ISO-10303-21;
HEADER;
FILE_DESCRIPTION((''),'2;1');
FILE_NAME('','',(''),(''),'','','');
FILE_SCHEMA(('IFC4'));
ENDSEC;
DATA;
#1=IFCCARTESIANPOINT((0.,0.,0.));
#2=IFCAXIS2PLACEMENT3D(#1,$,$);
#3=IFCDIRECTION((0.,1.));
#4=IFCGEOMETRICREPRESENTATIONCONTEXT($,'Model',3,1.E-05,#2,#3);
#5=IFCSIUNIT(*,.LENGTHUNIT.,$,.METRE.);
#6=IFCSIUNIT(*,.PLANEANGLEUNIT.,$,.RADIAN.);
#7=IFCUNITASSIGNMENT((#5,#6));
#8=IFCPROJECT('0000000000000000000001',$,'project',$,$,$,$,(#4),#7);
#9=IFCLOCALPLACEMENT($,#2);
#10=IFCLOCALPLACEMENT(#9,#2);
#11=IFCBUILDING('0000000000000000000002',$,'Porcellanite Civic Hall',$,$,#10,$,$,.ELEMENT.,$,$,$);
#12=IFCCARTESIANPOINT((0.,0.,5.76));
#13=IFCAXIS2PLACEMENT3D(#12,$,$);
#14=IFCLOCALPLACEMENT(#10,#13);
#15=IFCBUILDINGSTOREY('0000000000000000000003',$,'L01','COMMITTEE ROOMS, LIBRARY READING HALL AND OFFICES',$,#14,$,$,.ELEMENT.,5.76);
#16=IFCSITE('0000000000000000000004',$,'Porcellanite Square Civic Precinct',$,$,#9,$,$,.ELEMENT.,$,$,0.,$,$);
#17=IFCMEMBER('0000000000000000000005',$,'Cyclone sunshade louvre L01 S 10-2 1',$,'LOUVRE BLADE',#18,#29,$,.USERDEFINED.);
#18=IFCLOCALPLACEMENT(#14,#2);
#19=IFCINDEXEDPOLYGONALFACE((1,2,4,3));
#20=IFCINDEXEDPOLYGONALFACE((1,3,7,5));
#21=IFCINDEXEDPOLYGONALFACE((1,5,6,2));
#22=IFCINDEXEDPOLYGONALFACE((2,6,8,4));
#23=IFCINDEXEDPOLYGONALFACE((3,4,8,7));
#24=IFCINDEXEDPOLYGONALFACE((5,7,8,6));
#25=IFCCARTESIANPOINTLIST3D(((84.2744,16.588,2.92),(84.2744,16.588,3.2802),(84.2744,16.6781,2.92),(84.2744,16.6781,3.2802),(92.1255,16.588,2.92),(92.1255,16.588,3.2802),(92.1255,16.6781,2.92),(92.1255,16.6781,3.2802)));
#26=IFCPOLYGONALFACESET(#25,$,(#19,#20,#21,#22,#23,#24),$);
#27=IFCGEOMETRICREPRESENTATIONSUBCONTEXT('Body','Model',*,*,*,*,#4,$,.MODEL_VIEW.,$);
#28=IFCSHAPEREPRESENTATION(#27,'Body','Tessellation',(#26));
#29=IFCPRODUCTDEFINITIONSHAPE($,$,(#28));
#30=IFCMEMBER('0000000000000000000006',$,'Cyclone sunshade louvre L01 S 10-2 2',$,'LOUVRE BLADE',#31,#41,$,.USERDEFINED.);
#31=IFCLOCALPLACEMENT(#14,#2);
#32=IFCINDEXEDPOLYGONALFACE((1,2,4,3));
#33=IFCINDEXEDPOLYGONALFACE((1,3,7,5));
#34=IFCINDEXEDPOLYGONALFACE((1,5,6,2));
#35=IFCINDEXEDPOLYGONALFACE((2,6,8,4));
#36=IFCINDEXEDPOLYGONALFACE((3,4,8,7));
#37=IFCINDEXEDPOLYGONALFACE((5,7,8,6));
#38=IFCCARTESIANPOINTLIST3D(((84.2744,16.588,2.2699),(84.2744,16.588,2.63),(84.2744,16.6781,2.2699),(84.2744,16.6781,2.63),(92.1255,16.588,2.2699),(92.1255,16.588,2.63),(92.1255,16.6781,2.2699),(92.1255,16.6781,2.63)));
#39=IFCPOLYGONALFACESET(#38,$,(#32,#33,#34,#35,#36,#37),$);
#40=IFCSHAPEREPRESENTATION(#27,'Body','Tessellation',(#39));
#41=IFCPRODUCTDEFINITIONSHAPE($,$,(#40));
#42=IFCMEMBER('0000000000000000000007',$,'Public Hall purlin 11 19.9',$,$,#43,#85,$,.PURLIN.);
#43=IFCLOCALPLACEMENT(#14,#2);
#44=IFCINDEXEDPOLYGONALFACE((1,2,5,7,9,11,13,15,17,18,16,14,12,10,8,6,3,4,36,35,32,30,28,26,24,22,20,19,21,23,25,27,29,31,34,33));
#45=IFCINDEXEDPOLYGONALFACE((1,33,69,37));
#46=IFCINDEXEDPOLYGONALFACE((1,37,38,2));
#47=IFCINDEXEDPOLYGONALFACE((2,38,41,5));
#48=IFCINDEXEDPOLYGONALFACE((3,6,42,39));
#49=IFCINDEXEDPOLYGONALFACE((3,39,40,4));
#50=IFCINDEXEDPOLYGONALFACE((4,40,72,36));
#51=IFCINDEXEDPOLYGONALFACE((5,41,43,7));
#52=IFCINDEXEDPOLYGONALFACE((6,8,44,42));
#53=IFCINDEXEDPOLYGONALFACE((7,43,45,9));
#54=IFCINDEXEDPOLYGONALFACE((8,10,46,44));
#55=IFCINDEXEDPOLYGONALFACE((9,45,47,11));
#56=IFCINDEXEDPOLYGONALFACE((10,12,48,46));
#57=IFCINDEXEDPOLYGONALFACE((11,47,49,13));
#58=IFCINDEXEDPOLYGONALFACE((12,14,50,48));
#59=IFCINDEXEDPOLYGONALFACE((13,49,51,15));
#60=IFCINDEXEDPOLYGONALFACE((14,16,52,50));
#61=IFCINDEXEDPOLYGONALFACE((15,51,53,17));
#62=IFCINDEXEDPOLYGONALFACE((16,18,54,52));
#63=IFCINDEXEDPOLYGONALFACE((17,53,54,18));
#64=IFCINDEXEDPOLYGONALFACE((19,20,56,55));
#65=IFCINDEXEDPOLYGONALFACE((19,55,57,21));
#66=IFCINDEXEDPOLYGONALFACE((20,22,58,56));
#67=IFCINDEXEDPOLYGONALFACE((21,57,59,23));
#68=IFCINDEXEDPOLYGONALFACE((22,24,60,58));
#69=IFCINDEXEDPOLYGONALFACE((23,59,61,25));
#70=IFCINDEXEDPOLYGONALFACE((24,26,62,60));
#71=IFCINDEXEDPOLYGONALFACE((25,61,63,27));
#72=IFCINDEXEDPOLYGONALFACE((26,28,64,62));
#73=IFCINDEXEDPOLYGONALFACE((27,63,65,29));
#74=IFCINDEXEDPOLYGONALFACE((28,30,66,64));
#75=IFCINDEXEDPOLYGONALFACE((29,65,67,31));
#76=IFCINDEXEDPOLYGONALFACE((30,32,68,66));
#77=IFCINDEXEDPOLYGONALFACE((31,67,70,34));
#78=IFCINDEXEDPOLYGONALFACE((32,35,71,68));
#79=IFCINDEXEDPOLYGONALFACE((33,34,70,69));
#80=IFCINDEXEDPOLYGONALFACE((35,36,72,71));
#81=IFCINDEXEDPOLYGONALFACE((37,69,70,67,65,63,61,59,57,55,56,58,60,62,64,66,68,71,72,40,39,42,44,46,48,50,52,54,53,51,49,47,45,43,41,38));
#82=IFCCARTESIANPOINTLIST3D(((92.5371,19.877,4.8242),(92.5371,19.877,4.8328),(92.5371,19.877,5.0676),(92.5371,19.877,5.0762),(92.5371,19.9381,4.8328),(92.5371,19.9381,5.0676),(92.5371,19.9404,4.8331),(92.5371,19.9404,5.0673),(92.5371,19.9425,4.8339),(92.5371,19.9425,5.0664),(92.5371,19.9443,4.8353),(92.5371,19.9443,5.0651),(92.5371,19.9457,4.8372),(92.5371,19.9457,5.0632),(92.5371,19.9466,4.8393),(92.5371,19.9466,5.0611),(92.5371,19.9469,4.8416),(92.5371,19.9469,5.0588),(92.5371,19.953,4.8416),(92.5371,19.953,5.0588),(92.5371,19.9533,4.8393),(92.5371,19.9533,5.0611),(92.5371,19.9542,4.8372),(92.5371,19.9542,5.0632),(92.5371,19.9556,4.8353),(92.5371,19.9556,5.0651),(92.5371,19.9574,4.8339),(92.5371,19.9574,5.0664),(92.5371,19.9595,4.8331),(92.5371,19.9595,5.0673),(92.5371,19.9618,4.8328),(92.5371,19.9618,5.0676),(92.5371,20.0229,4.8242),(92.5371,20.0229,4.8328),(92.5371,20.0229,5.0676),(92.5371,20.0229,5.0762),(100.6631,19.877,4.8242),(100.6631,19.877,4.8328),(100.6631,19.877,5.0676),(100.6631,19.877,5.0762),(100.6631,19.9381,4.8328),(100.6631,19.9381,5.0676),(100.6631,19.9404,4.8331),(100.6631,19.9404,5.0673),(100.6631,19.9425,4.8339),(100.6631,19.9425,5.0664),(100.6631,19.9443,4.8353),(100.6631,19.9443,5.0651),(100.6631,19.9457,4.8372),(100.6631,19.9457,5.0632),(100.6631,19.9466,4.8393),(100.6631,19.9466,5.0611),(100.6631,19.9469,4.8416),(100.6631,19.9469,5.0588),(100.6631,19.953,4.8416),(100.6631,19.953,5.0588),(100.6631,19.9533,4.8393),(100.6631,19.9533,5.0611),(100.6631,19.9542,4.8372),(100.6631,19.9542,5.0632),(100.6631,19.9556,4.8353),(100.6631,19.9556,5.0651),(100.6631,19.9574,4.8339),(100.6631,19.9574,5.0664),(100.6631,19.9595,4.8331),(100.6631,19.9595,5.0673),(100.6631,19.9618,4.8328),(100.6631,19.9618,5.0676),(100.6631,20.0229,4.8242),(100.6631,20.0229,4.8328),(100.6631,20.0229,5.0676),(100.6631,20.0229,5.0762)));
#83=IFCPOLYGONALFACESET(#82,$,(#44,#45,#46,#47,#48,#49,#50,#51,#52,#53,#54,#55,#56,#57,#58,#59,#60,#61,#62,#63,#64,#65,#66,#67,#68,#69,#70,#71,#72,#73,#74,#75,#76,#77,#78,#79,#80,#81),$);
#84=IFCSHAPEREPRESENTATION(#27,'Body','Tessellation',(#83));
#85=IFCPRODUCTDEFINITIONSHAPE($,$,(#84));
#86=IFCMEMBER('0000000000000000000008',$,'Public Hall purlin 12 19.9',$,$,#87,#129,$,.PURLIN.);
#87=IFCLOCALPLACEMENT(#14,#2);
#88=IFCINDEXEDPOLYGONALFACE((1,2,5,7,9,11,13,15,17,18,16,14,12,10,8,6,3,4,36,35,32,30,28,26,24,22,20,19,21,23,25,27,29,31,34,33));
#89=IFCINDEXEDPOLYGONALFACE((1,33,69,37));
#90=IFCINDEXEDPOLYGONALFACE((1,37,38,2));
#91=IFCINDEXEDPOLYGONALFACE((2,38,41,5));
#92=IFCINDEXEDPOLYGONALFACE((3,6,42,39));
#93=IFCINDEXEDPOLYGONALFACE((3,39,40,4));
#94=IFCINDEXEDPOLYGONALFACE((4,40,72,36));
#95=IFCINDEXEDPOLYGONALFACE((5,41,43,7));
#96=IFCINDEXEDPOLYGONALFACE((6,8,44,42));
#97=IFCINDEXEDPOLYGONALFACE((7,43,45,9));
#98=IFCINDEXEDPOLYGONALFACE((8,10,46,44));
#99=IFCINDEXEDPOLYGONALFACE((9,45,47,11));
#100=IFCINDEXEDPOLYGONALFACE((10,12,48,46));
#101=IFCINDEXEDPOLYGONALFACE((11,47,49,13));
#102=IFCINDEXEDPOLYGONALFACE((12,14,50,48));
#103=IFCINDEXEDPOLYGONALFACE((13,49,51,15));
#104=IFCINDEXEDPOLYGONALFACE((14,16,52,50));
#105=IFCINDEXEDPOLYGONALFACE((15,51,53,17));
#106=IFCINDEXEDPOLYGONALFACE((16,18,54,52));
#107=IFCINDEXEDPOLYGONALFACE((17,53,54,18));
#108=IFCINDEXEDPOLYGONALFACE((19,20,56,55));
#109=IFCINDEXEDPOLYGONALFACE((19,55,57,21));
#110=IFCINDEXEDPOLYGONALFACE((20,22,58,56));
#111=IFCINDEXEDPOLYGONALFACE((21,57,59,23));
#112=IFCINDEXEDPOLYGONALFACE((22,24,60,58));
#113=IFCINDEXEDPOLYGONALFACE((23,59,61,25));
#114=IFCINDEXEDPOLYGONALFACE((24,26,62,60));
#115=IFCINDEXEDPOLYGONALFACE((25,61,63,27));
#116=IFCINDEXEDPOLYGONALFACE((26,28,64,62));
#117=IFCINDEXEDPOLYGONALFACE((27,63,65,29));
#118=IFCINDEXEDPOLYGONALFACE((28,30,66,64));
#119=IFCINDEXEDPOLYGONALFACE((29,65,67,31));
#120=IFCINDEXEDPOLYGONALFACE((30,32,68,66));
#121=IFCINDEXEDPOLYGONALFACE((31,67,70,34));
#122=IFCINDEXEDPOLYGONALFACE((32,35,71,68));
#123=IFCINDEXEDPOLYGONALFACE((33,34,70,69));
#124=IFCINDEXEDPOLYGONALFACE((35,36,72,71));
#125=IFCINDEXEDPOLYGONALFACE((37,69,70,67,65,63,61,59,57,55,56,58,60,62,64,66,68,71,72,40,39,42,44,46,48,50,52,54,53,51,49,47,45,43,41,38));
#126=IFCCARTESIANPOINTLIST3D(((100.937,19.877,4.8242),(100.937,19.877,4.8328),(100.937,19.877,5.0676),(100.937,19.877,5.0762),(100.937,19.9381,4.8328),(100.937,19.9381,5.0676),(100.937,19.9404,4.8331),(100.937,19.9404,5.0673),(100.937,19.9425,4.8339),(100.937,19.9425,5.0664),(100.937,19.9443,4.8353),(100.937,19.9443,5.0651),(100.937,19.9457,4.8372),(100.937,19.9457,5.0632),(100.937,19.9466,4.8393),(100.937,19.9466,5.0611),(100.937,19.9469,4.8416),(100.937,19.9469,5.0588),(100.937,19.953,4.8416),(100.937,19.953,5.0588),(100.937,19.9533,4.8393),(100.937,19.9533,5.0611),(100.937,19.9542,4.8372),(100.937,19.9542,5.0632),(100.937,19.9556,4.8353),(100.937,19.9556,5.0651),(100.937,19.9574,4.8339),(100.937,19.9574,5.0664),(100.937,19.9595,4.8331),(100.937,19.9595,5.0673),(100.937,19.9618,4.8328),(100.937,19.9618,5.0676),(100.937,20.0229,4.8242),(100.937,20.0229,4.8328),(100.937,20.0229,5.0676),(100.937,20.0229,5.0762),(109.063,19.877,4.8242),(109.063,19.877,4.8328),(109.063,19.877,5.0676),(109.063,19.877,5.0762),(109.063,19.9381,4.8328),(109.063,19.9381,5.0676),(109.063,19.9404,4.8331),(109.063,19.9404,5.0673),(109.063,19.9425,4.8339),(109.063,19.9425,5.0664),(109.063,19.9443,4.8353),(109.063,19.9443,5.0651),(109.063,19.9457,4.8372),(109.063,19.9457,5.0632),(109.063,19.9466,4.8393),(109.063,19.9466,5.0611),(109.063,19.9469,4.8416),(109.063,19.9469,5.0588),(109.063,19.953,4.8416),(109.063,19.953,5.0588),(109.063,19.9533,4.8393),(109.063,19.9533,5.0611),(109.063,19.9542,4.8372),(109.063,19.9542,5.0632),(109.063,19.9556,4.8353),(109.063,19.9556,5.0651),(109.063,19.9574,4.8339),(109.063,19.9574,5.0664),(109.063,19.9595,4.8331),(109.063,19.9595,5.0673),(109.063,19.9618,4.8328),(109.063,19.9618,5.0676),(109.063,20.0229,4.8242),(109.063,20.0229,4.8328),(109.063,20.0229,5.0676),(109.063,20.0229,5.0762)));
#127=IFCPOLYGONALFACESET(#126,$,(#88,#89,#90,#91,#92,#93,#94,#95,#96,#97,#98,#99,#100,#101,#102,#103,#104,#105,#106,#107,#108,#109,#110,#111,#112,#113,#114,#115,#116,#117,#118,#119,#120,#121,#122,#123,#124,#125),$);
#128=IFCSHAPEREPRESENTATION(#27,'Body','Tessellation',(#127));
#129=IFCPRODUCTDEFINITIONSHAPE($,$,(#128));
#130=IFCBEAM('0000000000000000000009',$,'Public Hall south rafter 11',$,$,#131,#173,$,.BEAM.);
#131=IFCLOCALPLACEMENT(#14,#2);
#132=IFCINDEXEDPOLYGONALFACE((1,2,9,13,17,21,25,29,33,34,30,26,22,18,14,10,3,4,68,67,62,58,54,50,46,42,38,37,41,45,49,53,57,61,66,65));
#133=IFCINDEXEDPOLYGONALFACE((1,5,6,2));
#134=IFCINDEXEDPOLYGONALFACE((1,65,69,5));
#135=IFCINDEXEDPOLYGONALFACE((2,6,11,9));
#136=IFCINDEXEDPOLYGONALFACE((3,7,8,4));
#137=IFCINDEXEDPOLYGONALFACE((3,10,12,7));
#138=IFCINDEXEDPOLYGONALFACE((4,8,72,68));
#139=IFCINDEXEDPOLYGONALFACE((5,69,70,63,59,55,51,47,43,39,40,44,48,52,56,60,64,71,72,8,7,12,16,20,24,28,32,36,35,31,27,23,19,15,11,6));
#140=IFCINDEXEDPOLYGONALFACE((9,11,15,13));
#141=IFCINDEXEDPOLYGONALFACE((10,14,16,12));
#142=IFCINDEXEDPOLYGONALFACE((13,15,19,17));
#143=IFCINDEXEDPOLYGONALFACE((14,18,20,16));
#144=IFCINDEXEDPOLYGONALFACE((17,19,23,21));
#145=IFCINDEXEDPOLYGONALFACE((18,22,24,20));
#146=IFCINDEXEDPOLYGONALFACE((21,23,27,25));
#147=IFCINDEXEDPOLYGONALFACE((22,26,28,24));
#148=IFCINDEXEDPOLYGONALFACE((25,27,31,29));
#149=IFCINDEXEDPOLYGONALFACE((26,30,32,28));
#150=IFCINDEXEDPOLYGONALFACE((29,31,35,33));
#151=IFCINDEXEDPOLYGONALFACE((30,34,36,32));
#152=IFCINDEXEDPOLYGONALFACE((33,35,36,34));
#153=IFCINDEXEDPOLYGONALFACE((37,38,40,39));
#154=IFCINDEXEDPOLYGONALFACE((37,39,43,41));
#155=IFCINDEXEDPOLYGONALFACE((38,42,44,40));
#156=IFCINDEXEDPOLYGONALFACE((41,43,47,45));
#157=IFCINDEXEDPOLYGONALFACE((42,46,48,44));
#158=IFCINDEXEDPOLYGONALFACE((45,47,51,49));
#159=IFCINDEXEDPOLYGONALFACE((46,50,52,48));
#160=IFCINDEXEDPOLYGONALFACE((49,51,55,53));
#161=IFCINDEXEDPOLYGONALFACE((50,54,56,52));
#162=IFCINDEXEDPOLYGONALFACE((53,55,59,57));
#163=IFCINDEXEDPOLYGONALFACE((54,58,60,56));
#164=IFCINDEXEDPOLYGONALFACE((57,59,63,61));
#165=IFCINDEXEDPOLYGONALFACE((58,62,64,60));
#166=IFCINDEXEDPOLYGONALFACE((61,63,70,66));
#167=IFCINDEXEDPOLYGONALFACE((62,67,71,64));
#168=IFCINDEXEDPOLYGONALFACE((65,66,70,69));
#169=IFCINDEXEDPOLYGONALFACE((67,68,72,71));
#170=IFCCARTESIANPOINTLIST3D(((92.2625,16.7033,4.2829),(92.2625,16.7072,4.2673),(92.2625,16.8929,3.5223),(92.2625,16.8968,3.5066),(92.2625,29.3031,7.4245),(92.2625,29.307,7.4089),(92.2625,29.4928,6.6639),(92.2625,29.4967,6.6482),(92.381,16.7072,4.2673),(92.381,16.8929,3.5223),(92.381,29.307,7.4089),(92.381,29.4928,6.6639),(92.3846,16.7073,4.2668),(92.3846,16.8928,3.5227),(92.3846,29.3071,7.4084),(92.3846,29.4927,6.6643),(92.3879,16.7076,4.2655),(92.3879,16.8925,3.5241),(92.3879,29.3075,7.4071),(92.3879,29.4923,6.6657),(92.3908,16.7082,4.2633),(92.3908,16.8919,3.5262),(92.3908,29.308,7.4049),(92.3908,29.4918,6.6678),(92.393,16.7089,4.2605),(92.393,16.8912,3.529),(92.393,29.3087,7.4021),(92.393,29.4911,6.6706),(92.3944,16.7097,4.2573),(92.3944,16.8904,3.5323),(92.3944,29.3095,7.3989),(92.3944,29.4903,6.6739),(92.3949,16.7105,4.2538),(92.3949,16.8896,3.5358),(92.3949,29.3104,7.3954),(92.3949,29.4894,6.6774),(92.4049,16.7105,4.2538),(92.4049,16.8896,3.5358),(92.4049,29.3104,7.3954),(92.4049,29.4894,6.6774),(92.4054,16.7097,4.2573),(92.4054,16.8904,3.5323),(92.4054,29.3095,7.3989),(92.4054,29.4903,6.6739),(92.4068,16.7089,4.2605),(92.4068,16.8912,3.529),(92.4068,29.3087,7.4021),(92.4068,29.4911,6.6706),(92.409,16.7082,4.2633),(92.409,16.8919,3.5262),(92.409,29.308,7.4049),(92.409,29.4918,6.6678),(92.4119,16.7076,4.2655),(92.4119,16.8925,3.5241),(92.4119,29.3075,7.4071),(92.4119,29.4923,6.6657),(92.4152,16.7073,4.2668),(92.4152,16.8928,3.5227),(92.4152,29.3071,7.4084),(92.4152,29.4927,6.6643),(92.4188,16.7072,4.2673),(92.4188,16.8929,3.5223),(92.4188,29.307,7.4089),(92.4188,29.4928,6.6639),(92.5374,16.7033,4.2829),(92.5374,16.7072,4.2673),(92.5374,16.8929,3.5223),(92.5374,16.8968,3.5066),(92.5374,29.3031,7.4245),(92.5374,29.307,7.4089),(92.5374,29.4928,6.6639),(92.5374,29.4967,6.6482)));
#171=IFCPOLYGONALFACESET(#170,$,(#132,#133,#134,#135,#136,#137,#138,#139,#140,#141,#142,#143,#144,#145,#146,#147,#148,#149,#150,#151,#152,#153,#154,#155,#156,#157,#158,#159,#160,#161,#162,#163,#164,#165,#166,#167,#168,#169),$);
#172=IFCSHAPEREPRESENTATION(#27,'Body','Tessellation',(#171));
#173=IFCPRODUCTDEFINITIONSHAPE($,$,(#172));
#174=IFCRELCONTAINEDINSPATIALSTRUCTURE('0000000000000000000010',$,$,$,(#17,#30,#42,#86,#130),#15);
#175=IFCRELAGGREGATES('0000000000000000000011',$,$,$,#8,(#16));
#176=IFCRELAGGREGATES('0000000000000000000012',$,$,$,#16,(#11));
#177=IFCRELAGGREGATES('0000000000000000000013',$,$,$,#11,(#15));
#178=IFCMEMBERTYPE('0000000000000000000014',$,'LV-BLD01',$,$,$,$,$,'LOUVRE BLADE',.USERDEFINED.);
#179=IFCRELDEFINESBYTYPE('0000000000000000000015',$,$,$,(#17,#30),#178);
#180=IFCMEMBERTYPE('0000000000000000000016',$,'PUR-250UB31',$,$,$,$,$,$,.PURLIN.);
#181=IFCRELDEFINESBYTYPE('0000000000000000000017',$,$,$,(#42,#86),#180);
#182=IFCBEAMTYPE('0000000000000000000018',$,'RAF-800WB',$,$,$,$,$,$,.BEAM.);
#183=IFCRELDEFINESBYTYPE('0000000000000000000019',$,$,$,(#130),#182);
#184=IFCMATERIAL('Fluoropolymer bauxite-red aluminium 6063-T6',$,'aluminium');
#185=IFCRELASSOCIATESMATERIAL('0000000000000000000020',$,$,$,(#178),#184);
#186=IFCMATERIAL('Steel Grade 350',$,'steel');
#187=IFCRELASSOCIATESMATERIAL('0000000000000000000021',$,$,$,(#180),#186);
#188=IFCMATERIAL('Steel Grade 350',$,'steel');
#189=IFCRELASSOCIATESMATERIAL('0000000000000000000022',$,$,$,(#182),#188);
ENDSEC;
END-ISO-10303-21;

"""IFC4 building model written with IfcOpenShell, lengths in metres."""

from ifc_helpers import new_model, si_unit, direction, frame, origin, origin_2d, place, context, subcontext, project, spatial, rectangle, i_section, extrude, material, material_profile, profile_set, type_object, element, save


model = new_model("IFC4")

# Units and contexts
model_context = context("Model", 3, precision=1e-05, world=origin(), true_north=direction((0.0, 1.0)))
body_context = subcontext(model_context, "Body", "Model", "MODEL_VIEW")
ifc_project = project(units=[si_unit("LENGTHUNIT", "METRE"), si_unit("PLANEANGLEUNIT", "RADIAN")], contexts=[model_context])

# Site, building, storey
site_placement = place(None, origin())
site = spatial("IfcSite", under=ifc_project, at=site_placement, Name="Porcellanite Square Civic Precinct", CompositionType="ELEMENT", RefElevation=0.0)
building_placement = place(site_placement, origin())
building = spatial("IfcBuilding", under=site, at=building_placement, Name="Porcellanite Civic Hall", CompositionType="ELEMENT")
storey_placement = place(building_placement, frame((0.0, 0.0, 5.76)))
storey = spatial("IfcBuildingStorey", under=building, at=storey_placement, Name="L01", Description="COMMITTEE ROOMS, LIBRARY READING HALL AND OFFICES", CompositionType="ELEMENT", Elevation=5.76)

# Members
ifc_material_1 = material(Name="Fluoropolymer bauxite-red aluminium 6063-T6", Category="aluminium")
ifc_material_profile_1 = material_profile(ifc_material_1, rectangle(XDim=0.0901, YDim=0.3601, at=origin_2d()), Name="AL-90x360")
ifc_profile_set_1 = profile_set([ifc_material_profile_1], Name="Fluoropolymer bauxite-red aluminium 6063-T6")
member_type_1 = type_object("IfcMemberType", Name="LV-BLD01", ElementType="LOUVRE BLADE", PredefinedType="USERDEFINED", material=ifc_profile_set_1)
for number, where, z_axis, x_axis, name in (
    (1, (92.1255, 16.6331, 3.1001), (-1.0, 0.0, 0.0), (0.0, -1.0, 0.0), "Cyclone sunshade louvre L01 S 10-2 1"),
    (2, (92.1255, 16.6331, 2.45), (-1.0, 0.0, 0.0), (0.0, -1.0, 0.0), "Cyclone sunshade louvre L01 S 10-2 2"),
):
    element("IfcMember", number, at=place(storey_placement, frame(where, z_axis=z_axis, x_axis=x_axis)), inside=storey, type_object=member_type_1, Name=name, ObjectType="LOUVRE BLADE", PredefinedType="USERDEFINED", context=body_context, shape_type="SweptSolid", body=[
        extrude(rectangle(XDim=0.0901, YDim=0.3601, at=origin_2d()), origin(), (0.0, 0.0, 1.0), 7.8511),
    ])
ifc_material_2 = material(Name="Steel Grade 350", Category="steel")
ifc_material_profile_2 = material_profile(ifc_material_2, i_section(OverallWidth=0.146, OverallDepth=0.252, WebThickness=0.0061, FlangeThickness=0.0085, FilletRadius=0.0088, at=origin_2d()), Name="250UB31.4")
ifc_profile_set_2 = profile_set([ifc_material_profile_2], Name="Steel Grade 350")
member_type_2 = type_object("IfcMemberType", Name="PUR-250UB31", PredefinedType="PURLIN", material=ifc_profile_set_2)
for number, where, z_axis, x_axis, name in (
    (3, (92.5371, 19.95, 4.9502), (1.0, 0.0, 0.0), (0.0, 1.0, 0.0), "Public Hall purlin 11 19.9"),
    (4, (100.937, 19.95, 4.9502), (1.0, 0.0, 0.0), (0.0, 1.0, 0.0), "Public Hall purlin 12 19.9"),
):
    element("IfcMember", number, at=place(storey_placement, frame(where, z_axis=z_axis, x_axis=x_axis)), inside=storey, type_object=member_type_2, Name=name, PredefinedType="PURLIN", context=body_context, shape_type="SweptSolid", body=[
        extrude(i_section(OverallWidth=0.146, OverallDepth=0.252, WebThickness=0.0061, FlangeThickness=0.0085, FilletRadius=0.0088, at=origin_2d()), origin(), (0.0, 0.0, 1.0), 8.126),
    ])

# Beam
ifc_material_3 = material(Name="Steel Grade 350", Category="steel")
ifc_material_profile_3 = material_profile(ifc_material_3, i_section(OverallWidth=0.2749, OverallDepth=0.8, WebThickness=0.01, FlangeThickness=0.0161, FilletRadius=0.0139, at=origin_2d()), Name="800WB146")
ifc_profile_set_3 = profile_set([ifc_material_profile_3], Name="Steel Grade 350")
beam_type_1 = type_object("IfcBeamType", Name="RAF-800WB", PredefinedType="BEAM", material=ifc_profile_set_3)
for number, where, z_axis, x_axis, name in (
    (5, (92.3999, 16.8, 3.8948), (0.0, 0.970294, 0.24193), (-1.0, 0.0, 0.0), "Public Hall south rafter 11"),
):
    element("IfcBeam", number, at=place(storey_placement, frame(where, z_axis=z_axis, x_axis=x_axis)), inside=storey, type_object=beam_type_1, Name=name, PredefinedType="BEAM", context=body_context, shape_type="SweptSolid", body=[
        extrude(i_section(OverallWidth=0.2749, OverallDepth=0.8, WebThickness=0.01, FlangeThickness=0.0161, FilletRadius=0.0139, at=origin_2d()), origin(), (0.0, 0.0, 1.0), 12.9856),
    ])

save(model, "model.ifc")
